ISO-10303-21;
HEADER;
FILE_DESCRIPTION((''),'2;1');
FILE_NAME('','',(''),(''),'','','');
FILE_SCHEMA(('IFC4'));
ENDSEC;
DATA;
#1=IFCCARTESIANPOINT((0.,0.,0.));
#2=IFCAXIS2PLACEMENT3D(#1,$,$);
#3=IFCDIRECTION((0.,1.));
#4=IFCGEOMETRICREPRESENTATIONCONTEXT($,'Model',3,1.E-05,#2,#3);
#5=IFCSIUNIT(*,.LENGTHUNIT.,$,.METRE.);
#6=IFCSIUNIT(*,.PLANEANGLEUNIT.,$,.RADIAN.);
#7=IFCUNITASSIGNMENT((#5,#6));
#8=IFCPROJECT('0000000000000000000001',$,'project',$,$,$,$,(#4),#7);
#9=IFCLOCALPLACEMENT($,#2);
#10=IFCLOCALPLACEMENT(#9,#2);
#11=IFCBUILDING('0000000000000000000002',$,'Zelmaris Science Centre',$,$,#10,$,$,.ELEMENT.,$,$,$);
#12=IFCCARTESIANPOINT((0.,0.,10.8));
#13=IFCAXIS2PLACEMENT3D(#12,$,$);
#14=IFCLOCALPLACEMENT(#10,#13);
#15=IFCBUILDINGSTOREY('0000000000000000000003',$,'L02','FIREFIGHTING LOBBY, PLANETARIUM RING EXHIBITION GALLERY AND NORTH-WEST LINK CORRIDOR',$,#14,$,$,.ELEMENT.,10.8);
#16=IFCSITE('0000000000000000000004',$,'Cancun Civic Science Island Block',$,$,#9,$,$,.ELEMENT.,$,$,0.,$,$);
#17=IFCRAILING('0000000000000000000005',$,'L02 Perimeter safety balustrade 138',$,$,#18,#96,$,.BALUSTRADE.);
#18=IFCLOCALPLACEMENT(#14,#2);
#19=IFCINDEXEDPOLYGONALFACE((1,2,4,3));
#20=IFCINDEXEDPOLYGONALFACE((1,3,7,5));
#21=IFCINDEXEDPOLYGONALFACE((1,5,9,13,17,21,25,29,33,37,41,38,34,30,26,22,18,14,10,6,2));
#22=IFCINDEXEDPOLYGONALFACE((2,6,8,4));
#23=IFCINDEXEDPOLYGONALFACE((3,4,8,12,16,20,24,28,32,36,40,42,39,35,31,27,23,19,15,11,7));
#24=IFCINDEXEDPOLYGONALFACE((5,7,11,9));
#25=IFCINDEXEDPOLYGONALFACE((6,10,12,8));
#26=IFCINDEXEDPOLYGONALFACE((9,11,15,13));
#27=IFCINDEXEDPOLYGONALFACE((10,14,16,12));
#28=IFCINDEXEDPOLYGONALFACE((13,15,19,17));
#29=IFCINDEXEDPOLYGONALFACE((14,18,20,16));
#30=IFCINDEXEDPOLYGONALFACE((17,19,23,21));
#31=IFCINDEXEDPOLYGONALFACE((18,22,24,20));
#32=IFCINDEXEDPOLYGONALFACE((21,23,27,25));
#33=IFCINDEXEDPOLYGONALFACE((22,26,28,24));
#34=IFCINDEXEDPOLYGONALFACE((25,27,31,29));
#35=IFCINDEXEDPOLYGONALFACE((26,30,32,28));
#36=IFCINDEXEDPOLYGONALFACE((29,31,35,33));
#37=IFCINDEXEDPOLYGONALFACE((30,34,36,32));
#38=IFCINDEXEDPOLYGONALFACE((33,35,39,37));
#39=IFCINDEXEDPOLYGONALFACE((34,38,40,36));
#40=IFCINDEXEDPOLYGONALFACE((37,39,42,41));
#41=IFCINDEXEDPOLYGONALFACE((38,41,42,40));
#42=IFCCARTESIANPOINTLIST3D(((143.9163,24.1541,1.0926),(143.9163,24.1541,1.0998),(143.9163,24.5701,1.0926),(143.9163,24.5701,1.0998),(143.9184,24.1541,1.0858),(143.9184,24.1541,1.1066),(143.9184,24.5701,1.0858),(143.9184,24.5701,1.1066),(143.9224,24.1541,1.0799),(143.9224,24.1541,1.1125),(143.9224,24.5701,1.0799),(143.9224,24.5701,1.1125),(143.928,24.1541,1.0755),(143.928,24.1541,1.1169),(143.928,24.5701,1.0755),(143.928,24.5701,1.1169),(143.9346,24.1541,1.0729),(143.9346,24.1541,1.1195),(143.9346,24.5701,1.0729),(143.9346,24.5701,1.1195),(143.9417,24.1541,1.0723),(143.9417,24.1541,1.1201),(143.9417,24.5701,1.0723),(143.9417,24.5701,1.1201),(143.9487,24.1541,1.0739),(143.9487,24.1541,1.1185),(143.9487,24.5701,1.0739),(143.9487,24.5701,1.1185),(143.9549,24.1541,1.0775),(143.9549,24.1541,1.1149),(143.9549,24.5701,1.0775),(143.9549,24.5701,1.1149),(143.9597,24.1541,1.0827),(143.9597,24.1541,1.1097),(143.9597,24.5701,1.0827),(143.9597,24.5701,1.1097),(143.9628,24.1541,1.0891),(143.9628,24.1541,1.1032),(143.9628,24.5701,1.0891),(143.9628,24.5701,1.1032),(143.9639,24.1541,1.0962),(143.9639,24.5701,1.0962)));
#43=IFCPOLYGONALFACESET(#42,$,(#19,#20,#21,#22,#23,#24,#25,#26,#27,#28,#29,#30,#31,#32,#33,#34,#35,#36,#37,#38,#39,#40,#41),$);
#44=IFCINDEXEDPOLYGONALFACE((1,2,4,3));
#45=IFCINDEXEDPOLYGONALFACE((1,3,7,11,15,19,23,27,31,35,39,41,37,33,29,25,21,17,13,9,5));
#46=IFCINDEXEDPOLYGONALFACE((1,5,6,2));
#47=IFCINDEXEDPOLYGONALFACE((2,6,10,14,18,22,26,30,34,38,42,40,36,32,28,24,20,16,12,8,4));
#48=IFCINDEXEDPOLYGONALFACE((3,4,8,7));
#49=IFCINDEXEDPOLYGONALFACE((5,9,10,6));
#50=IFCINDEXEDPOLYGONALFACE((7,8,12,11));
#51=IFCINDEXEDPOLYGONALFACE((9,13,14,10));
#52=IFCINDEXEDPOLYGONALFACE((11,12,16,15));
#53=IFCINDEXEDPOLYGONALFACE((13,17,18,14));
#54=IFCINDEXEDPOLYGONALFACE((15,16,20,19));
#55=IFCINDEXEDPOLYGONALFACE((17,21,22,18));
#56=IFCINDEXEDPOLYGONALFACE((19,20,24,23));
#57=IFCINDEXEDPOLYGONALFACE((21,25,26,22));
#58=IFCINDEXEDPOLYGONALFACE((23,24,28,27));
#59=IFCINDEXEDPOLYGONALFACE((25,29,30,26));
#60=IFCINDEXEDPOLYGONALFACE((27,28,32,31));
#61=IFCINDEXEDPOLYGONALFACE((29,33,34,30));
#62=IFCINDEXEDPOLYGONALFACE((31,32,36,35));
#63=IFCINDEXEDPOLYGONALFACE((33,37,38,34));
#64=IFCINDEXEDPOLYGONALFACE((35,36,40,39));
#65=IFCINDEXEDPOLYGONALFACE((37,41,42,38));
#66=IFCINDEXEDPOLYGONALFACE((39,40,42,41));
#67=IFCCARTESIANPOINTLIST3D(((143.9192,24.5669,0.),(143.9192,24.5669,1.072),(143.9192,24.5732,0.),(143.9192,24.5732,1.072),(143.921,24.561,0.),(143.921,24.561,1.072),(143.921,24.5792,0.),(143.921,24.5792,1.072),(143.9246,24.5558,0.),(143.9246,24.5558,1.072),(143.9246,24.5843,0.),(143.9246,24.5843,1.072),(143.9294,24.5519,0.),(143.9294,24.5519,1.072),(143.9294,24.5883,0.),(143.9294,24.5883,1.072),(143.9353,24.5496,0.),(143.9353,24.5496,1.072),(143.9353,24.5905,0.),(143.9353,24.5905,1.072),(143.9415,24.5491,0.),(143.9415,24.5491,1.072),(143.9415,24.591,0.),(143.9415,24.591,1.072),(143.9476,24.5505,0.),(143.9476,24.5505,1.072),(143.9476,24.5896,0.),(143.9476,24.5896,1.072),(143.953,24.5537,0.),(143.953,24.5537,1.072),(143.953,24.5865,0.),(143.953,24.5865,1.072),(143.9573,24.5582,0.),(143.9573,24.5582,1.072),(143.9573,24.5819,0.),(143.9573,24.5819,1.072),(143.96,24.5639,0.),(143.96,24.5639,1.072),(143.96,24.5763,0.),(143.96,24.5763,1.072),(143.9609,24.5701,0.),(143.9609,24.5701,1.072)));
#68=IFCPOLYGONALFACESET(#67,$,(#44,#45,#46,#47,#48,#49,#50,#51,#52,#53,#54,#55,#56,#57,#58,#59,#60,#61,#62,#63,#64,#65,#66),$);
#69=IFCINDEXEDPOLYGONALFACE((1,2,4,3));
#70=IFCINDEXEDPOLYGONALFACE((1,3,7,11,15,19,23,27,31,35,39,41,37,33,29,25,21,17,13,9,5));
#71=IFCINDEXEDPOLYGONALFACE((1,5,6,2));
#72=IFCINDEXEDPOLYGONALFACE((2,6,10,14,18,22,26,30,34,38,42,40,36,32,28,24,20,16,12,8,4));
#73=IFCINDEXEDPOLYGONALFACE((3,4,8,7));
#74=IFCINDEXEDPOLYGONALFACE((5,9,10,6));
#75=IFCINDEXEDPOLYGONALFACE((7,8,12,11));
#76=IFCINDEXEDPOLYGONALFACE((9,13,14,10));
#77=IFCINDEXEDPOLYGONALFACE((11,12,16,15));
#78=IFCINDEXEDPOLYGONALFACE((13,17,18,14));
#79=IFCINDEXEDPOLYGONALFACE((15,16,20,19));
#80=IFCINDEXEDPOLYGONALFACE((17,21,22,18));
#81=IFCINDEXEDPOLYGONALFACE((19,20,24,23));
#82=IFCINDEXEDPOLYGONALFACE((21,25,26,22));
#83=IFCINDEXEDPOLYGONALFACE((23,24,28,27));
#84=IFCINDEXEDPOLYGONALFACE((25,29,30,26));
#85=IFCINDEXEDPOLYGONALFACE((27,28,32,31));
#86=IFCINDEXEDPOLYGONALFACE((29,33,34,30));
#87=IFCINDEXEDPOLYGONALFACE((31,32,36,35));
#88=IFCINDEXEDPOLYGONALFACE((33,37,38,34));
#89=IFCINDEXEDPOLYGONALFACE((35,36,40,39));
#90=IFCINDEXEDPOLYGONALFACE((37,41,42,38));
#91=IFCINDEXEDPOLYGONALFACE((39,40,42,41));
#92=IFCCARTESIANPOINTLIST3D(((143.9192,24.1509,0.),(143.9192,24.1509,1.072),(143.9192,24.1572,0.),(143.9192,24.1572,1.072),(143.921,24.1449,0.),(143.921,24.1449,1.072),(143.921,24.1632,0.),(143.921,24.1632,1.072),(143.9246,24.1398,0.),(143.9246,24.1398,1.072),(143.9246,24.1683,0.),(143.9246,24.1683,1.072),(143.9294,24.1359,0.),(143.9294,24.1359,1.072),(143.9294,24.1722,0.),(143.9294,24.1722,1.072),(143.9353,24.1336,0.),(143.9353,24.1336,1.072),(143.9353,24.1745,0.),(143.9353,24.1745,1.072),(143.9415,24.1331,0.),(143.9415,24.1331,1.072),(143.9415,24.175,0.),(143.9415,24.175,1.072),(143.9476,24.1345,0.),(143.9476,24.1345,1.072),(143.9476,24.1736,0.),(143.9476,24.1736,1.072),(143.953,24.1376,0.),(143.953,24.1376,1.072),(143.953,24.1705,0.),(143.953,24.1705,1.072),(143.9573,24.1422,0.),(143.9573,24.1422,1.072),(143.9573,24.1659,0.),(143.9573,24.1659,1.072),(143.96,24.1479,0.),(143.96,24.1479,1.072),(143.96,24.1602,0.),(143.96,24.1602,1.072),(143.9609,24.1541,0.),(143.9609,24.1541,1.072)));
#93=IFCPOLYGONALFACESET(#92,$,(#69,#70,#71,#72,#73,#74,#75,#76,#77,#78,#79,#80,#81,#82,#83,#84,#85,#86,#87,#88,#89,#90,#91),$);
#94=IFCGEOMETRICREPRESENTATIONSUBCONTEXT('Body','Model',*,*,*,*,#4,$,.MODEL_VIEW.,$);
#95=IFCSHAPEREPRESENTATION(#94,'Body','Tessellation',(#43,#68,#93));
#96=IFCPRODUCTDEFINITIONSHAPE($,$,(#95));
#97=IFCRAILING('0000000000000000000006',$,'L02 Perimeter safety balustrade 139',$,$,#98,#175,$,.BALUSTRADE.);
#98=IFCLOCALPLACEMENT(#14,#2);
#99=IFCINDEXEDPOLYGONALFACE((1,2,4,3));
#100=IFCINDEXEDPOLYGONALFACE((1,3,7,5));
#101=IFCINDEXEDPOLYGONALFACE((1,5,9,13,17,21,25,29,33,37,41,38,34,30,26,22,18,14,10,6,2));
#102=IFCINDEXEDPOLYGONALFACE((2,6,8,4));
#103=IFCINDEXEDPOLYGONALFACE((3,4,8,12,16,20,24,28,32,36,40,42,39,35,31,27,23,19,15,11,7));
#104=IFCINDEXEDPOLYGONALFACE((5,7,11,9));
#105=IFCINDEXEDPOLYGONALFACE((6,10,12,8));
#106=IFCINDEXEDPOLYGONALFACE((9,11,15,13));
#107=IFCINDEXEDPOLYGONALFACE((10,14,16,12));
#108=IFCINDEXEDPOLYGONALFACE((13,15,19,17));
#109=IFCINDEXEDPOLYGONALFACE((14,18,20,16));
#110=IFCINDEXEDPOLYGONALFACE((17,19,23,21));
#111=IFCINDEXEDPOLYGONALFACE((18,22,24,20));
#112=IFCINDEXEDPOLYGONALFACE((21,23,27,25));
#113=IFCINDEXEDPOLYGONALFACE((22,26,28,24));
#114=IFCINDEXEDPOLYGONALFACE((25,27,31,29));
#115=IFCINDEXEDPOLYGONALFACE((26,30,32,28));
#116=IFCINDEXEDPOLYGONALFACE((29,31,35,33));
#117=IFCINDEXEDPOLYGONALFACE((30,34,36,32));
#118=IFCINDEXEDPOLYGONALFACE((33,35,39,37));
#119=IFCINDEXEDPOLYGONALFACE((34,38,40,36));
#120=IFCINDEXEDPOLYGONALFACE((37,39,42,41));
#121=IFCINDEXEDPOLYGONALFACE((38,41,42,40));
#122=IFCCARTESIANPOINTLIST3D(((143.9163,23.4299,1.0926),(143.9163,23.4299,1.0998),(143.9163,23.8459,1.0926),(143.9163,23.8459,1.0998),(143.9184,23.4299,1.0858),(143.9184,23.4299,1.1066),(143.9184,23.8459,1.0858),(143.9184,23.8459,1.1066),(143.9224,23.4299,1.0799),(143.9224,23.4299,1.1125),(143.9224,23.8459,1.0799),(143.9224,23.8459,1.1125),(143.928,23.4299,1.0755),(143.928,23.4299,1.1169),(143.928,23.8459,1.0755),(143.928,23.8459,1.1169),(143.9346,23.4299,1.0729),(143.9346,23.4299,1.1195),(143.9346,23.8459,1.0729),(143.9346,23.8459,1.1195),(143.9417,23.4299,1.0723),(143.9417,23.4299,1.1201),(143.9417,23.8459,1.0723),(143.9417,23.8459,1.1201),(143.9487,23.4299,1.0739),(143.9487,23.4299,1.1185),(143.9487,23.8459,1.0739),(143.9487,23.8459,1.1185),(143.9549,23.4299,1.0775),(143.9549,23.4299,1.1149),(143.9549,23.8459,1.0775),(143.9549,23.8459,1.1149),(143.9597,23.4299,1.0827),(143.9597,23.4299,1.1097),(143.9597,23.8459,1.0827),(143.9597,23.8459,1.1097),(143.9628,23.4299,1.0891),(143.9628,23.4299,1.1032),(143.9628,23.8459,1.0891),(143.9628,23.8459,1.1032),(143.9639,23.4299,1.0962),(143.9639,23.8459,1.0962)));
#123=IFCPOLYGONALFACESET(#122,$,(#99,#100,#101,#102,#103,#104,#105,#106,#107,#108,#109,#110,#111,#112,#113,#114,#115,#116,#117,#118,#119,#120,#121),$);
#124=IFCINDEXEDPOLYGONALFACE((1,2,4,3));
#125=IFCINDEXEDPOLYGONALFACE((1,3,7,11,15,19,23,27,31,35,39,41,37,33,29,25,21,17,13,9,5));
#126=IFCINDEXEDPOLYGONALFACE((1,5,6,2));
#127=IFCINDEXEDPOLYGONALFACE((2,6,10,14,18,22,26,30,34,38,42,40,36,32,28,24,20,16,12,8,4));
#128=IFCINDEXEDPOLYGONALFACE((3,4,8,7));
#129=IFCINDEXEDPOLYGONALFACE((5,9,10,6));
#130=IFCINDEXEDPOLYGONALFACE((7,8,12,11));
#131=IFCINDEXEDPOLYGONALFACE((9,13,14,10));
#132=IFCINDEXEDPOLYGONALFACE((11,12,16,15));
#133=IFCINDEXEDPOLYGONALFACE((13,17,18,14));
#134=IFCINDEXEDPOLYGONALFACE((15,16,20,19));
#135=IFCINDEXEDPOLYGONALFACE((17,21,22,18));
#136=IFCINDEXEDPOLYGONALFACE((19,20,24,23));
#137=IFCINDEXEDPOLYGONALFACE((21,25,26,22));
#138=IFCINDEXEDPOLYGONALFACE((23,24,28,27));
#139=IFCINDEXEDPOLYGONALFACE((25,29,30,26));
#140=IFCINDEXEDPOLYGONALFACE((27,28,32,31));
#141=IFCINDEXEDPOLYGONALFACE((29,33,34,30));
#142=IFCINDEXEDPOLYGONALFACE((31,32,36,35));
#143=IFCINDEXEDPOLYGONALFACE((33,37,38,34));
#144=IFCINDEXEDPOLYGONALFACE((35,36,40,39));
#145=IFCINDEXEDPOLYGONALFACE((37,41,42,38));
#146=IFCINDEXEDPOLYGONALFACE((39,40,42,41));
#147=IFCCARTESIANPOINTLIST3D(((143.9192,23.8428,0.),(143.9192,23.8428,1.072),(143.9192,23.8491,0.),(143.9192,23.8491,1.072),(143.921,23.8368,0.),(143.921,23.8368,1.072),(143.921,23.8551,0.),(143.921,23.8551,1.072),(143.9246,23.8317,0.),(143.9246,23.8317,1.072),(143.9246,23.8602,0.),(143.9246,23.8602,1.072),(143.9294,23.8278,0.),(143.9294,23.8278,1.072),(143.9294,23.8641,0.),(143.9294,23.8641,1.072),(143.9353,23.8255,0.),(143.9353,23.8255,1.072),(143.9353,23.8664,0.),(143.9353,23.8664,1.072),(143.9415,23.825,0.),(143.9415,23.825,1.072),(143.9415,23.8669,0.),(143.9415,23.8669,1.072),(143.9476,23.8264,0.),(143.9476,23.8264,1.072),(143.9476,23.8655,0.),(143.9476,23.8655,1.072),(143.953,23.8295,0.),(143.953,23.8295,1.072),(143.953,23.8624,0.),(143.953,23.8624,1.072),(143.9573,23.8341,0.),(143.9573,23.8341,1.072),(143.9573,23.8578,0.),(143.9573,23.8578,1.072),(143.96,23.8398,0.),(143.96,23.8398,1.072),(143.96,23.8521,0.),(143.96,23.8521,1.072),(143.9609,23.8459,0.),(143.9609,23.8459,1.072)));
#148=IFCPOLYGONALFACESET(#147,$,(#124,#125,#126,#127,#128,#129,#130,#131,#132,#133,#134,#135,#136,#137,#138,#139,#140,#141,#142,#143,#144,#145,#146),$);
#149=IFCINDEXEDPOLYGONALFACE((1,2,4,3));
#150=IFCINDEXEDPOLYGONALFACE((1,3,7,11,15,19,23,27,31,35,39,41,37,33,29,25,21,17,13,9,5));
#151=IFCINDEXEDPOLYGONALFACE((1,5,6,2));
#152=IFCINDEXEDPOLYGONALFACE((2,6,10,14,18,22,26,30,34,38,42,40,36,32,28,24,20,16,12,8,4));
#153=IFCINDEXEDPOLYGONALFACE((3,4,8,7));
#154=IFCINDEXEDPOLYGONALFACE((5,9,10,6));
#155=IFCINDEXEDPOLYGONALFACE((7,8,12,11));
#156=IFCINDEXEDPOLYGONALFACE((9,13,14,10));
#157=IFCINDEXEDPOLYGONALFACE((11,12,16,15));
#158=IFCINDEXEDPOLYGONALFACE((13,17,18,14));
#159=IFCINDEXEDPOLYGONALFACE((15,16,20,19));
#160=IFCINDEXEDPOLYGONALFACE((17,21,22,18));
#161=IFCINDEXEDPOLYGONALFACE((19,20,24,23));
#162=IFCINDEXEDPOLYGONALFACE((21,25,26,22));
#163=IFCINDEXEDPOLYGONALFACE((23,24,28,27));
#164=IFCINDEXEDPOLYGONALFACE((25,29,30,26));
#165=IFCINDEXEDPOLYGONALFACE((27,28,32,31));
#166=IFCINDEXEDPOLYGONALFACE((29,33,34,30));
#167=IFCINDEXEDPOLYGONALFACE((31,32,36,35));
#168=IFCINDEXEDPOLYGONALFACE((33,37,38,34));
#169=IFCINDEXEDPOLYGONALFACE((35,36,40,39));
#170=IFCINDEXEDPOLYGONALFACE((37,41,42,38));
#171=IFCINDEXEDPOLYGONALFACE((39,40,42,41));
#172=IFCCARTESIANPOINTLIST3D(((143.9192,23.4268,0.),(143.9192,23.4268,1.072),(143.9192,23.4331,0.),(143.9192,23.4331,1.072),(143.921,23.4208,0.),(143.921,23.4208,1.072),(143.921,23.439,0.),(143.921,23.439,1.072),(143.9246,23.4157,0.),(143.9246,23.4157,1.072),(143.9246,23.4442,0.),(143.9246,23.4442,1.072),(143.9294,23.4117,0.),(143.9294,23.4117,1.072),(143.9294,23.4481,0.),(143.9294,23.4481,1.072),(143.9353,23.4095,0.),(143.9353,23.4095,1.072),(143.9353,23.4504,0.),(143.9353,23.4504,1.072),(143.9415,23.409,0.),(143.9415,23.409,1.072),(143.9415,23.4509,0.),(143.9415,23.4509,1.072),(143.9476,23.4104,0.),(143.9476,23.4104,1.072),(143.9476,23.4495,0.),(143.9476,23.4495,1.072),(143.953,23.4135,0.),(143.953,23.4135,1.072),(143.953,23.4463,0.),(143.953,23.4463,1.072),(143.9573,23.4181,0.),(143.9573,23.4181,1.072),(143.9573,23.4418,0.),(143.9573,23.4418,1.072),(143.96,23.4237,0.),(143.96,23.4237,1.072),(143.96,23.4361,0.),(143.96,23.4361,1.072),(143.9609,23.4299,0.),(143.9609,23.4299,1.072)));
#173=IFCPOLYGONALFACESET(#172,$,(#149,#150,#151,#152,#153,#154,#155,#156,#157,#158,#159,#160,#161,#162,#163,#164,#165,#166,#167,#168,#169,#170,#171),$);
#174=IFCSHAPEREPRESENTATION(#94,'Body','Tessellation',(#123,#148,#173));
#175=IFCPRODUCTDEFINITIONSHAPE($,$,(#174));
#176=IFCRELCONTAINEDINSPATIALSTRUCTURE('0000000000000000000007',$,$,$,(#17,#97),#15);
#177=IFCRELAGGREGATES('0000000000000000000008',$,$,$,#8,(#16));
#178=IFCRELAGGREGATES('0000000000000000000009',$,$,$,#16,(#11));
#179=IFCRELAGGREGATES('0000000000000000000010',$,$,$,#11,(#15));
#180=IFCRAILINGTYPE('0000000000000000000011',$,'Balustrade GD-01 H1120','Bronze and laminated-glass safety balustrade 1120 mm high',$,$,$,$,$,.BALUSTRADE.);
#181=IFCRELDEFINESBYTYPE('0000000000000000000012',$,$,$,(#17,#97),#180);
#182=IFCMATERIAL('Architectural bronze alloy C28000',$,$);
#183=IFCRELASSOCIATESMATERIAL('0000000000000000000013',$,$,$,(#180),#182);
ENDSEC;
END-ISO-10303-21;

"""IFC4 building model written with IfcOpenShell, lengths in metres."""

from ifc_helpers import new_model, si_unit, direction, frame, origin, origin_2d, place, context, subcontext, project, spatial, circle, extrude, material, type_object, element, save


model = new_model("IFC4")

# Units and contexts
model_context = context("Model", 3, precision=1e-05, world=origin(), true_north=direction((0.0, 1.0)))
body_context = subcontext(model_context, "Body", "Model", "MODEL_VIEW")
ifc_project = project(units=[si_unit("LENGTHUNIT", "METRE"), si_unit("PLANEANGLEUNIT", "RADIAN")], contexts=[model_context])

# Site, building, storey
site_placement = place(None, origin())
site = spatial("IfcSite", under=ifc_project, at=site_placement, Name="Cancun Civic Science Island Block", CompositionType="ELEMENT", RefElevation=0.0)
building_placement = place(site_placement, origin())
building = spatial("IfcBuilding", under=site, at=building_placement, Name="Zelmaris Science Centre", CompositionType="ELEMENT")
storey_placement = place(building_placement, frame((0.0, 0.0, 10.8)))
storey = spatial("IfcBuildingStorey", under=building, at=storey_placement, Name="L02", Description="FIREFIGHTING LOBBY, PLANETARIUM RING EXHIBITION GALLERY AND NORTH-WEST LINK CORRIDOR", CompositionType="ELEMENT", Elevation=10.8)

# Railings
ifc_material_1 = material(Name="Architectural bronze alloy C28000")
railing_type = type_object("IfcRailingType", Name="Balustrade GD-01 H1120", Description="Bronze and laminated-glass safety balustrade 1120 mm high", PredefinedType="BALUSTRADE", material=ifc_material_1)
for number, where, name in (
    (1, (143.9399, 24.5701, 0.0), "L02 Perimeter safety balustrade 138"),
    (2, (143.9399, 23.8459, 0.0), "L02 Perimeter safety balustrade 139"),
):
    element("IfcRailing", number, at=place(storey_placement, frame(where)), inside=storey, type_object=railing_type, Name=name, PredefinedType="BALUSTRADE", context=body_context, shape_type="SweptSolid", body=[
        extrude(circle(Radius=0.0239, at=origin_2d()), frame((0.0, 0.0, 1.0962), z_axis=(0.0, -1.0, 0.0), x_axis=(1.0, 0.0, 0.0)), (0.0, 0.0, 1.0), 0.416),
        extrude(circle(Radius=0.021, at=origin_2d()), origin(), (0.0, 0.0, 1.0), 1.072),
        extrude(circle(Radius=0.021, at=origin_2d()), frame((0.0, -0.416, 0.0)), (0.0, 0.0, 1.0), 1.072),
    ])

save(model, "model.ifc")
